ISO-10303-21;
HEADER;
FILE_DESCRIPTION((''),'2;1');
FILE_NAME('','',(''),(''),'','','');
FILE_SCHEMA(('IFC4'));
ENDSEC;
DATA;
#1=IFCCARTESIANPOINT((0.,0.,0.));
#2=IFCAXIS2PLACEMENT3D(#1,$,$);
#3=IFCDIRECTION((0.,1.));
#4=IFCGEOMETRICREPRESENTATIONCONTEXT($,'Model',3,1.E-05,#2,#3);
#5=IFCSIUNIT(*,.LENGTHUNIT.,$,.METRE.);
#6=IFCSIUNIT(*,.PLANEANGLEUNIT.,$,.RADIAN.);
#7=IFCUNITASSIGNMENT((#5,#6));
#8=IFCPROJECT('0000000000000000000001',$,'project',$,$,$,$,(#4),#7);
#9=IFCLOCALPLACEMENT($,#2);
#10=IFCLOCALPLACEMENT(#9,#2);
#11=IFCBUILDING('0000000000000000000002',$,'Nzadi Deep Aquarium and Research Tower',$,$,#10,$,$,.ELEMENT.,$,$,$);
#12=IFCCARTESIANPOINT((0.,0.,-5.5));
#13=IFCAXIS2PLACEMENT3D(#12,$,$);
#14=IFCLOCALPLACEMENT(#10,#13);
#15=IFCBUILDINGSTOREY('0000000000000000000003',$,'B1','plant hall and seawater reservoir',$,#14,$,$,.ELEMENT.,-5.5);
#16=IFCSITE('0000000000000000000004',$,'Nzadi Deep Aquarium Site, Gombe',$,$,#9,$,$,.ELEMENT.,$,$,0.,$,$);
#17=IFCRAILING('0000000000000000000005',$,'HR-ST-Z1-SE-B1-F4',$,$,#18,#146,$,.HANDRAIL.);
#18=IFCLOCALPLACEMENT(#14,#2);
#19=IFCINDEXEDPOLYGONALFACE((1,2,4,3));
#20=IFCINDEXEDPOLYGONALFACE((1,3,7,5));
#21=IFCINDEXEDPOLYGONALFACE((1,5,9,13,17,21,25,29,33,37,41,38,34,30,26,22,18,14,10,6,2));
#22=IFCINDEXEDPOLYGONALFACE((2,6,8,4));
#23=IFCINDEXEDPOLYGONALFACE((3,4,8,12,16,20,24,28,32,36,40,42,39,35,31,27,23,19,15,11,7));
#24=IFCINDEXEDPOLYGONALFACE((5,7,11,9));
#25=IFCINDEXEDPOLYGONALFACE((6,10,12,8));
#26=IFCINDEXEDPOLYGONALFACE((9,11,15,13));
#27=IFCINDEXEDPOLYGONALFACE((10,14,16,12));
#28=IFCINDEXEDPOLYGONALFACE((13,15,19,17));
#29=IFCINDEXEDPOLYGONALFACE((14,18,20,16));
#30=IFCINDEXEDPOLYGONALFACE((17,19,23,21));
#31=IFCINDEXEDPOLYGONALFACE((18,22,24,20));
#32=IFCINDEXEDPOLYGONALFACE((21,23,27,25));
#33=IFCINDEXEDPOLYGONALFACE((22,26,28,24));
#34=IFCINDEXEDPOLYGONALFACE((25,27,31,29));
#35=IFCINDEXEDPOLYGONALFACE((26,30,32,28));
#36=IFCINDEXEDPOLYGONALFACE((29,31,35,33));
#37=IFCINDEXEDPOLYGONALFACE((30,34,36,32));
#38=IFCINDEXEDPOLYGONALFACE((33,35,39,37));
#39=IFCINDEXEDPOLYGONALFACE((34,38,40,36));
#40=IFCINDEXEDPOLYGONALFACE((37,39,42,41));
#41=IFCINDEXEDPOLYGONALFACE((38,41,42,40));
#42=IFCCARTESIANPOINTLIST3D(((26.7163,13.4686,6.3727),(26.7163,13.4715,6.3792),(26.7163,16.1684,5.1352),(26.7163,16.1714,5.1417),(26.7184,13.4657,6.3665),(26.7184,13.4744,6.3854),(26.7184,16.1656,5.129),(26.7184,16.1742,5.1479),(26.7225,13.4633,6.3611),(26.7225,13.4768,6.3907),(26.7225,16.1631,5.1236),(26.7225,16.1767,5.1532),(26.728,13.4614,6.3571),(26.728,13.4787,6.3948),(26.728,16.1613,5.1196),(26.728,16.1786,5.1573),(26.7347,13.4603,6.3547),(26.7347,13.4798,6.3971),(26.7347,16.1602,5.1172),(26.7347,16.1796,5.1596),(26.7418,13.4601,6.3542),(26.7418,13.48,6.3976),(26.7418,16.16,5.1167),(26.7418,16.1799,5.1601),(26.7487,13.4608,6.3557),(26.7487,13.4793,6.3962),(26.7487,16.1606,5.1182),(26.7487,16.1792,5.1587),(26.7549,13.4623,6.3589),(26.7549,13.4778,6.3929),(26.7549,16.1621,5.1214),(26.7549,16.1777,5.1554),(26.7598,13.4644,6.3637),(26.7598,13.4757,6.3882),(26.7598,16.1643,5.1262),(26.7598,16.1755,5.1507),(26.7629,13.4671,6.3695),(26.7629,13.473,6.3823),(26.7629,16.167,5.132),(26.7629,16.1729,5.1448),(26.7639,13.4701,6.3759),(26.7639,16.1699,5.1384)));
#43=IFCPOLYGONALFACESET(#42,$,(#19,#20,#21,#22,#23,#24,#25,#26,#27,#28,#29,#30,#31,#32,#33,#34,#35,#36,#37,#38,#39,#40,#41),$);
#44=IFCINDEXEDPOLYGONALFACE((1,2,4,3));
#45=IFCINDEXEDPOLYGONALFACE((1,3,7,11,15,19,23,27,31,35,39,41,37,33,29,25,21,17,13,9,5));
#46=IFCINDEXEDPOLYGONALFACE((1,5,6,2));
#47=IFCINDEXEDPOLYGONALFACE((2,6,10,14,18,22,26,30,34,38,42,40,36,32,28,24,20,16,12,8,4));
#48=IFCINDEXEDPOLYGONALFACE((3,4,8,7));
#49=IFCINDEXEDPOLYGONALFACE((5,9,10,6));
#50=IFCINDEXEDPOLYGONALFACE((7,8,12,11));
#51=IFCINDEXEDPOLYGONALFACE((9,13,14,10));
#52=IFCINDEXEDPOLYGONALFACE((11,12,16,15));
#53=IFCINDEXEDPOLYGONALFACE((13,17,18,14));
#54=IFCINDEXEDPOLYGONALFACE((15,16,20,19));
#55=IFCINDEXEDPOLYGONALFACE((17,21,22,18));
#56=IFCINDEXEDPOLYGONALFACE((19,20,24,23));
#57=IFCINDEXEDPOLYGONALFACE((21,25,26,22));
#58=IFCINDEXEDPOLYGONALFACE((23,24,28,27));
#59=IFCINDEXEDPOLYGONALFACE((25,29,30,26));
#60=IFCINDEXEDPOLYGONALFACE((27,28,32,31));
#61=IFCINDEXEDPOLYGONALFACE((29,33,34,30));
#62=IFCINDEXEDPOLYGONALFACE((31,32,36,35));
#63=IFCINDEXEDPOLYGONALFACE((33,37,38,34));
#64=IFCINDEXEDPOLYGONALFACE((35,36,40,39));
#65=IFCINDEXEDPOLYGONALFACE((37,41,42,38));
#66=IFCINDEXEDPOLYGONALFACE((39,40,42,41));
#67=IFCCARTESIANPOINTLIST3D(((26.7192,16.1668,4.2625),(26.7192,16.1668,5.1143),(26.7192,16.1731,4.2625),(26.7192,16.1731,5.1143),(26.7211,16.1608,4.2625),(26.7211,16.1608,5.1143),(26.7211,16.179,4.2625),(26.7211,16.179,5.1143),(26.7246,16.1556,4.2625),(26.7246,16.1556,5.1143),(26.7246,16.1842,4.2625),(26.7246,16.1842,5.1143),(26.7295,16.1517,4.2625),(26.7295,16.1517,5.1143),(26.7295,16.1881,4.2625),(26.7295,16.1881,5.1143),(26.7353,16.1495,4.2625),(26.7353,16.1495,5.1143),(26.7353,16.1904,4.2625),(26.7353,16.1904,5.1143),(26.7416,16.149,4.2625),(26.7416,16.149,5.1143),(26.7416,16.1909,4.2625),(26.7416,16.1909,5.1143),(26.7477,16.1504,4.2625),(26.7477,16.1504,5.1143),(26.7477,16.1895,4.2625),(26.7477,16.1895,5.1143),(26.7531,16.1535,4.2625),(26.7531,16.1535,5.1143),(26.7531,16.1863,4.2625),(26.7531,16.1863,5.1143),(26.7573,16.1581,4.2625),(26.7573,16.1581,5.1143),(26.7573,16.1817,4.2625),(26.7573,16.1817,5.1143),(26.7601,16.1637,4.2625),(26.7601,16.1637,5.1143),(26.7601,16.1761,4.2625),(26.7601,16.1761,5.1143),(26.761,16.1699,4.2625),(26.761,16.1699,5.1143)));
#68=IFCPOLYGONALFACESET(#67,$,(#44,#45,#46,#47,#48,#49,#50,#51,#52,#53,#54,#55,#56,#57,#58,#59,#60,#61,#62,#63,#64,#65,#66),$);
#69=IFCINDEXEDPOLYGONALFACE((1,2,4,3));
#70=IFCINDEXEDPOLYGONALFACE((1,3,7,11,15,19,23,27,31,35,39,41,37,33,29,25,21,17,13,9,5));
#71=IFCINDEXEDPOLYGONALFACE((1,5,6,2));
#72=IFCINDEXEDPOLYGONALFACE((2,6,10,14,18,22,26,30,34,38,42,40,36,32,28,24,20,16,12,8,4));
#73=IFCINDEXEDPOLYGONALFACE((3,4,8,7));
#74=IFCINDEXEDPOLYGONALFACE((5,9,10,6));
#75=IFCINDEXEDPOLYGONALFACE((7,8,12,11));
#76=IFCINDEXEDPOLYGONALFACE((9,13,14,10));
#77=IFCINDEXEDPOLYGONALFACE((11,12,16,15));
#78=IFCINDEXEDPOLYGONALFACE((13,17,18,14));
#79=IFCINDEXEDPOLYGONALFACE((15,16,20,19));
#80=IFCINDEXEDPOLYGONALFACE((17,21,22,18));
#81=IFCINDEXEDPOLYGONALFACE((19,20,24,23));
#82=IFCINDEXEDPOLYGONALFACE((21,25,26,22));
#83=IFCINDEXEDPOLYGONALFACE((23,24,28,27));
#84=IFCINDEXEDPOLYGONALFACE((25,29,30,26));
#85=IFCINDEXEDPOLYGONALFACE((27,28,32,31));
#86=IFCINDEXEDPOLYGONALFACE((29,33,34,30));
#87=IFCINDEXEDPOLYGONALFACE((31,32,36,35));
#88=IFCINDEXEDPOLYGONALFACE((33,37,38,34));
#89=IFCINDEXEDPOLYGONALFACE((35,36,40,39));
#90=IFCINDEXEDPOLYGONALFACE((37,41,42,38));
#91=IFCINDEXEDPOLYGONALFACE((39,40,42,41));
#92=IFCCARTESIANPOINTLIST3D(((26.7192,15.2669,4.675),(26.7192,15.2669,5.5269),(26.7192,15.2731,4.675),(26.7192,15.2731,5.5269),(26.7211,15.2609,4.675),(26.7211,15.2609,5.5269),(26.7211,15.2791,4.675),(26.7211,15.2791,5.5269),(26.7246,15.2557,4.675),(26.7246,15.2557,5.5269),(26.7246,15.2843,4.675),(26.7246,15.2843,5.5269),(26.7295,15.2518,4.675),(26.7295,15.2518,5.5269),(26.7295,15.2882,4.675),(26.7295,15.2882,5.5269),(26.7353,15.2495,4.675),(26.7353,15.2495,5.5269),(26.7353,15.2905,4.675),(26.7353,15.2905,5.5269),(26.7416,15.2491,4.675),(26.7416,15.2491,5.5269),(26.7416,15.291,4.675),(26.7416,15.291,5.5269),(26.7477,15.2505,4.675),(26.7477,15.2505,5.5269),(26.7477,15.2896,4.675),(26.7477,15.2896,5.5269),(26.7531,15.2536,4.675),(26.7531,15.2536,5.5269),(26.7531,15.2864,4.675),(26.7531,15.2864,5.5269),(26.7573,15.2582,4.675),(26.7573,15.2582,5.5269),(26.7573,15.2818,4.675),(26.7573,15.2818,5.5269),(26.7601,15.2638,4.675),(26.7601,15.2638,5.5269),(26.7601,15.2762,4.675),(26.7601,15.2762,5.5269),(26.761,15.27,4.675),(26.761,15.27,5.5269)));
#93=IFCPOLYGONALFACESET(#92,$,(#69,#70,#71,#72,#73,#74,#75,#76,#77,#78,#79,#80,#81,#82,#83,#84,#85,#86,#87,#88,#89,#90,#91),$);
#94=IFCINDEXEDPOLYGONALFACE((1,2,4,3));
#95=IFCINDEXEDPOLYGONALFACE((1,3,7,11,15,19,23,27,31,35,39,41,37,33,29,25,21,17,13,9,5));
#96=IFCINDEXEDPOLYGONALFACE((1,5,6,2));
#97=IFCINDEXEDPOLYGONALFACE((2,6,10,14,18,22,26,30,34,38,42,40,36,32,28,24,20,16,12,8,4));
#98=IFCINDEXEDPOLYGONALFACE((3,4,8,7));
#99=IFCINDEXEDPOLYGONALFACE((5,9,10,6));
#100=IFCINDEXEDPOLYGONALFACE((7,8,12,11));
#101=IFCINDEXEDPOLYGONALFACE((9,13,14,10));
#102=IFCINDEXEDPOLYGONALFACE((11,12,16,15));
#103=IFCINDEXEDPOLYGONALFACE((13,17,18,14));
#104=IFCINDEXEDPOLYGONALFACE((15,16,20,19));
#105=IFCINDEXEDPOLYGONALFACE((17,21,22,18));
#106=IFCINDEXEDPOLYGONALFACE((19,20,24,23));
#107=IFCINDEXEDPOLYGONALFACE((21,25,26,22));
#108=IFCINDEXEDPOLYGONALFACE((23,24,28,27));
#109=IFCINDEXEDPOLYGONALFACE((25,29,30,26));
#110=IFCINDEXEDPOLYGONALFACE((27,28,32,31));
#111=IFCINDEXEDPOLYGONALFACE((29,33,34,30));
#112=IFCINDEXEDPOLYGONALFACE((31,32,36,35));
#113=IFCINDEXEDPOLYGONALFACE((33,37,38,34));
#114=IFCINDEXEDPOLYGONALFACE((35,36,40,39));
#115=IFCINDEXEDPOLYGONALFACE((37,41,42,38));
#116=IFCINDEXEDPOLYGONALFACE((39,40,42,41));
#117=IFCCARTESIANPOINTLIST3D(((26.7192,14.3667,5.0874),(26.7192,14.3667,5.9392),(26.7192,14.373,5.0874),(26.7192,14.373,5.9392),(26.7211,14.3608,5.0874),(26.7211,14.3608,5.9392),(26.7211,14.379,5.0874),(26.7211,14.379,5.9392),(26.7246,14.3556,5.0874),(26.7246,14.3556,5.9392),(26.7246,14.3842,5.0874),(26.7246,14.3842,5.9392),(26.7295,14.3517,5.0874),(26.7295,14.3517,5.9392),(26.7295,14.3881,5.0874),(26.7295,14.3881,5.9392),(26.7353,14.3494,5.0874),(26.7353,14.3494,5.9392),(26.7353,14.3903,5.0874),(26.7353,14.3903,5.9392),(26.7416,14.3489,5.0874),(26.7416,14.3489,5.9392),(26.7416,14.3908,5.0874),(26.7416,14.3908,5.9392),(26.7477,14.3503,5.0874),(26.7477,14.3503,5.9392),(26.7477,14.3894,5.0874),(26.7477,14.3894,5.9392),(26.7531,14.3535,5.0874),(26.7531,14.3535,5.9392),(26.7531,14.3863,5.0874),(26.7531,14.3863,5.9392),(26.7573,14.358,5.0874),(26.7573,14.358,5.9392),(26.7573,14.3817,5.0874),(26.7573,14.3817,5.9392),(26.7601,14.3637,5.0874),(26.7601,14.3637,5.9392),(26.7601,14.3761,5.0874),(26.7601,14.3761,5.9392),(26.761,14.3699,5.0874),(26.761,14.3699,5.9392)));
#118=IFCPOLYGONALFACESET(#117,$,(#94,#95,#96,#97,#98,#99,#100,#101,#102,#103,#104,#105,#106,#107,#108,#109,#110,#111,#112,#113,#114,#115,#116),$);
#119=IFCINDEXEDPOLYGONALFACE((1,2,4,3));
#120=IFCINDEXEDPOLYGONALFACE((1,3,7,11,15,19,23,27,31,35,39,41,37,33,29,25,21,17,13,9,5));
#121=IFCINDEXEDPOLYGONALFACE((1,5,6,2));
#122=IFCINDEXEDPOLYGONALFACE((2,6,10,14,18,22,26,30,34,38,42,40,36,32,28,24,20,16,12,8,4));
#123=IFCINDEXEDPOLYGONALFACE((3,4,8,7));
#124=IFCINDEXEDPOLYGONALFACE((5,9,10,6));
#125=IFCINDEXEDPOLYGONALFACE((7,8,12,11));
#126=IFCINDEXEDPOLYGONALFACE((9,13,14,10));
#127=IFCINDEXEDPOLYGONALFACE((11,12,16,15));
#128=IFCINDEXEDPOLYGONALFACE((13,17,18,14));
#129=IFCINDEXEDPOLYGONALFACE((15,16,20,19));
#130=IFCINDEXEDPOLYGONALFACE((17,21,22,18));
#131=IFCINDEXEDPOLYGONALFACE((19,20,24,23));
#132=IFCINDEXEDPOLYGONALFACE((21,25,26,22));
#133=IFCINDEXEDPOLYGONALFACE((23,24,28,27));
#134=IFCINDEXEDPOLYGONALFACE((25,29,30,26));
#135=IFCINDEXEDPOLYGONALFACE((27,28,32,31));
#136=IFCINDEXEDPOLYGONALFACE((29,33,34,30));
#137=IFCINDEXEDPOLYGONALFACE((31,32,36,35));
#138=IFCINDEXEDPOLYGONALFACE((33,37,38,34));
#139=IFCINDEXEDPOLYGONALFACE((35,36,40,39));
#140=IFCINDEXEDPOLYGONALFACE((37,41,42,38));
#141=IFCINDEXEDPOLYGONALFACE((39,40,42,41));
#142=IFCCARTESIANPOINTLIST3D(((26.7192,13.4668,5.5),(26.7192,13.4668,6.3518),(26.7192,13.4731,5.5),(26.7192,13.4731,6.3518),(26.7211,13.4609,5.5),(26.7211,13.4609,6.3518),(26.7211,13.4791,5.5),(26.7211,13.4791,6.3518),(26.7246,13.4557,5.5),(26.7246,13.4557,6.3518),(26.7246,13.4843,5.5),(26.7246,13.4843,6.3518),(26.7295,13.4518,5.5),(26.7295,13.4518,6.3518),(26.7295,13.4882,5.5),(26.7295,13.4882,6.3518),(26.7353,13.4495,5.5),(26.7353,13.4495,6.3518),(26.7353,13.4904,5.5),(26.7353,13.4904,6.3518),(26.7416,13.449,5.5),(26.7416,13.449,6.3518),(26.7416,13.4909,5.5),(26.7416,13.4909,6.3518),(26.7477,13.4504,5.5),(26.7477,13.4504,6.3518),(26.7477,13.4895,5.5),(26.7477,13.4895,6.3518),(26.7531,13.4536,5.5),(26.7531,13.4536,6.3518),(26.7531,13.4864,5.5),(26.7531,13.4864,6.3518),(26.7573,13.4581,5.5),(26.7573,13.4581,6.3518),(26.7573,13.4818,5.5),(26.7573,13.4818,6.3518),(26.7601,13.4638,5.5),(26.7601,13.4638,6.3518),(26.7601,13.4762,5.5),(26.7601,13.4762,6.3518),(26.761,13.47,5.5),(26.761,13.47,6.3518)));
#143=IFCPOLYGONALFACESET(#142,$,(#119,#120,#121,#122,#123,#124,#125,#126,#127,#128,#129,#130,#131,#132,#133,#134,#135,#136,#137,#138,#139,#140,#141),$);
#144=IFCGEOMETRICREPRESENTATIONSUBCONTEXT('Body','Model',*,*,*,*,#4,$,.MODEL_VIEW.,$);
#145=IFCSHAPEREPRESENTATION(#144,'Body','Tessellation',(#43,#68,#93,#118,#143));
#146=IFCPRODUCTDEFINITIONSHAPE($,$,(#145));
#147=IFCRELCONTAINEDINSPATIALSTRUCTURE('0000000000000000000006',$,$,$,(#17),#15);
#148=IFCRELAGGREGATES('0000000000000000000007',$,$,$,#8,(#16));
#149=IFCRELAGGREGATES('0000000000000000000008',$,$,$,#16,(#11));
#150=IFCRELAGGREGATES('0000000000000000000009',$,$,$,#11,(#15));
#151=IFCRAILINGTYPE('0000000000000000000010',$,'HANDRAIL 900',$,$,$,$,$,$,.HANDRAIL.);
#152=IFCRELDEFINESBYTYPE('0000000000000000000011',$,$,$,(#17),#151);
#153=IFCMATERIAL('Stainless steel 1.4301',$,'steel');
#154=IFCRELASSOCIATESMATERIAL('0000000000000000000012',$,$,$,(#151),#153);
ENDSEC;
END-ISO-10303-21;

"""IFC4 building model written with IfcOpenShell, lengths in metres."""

from ifc_helpers import new_model, si_unit, direction, frame, origin, origin_2d, place, context, subcontext, project, spatial, circle, extrude, material, type_object, element, save


model = new_model("IFC4")

# Units and contexts
model_context = context("Model", 3, precision=1e-05, world=origin(), true_north=direction((0.0, 1.0)))
body_context = subcontext(model_context, "Body", "Model", "MODEL_VIEW")
ifc_project = project(units=[si_unit("LENGTHUNIT", "METRE"), si_unit("PLANEANGLEUNIT", "RADIAN")], contexts=[model_context])

# Site, building, storey
site_placement = place(None, origin())
site = spatial("IfcSite", under=ifc_project, at=site_placement, Name="Nzadi Deep Aquarium Site, Gombe", CompositionType="ELEMENT", RefElevation=0.0)
building_placement = place(site_placement, origin())
building = spatial("IfcBuilding", under=site, at=building_placement, Name="Nzadi Deep Aquarium and Research Tower", CompositionType="ELEMENT")
storey_placement = place(building_placement, frame((0.0, 0.0, -5.5)))
storey = spatial("IfcBuildingStorey", under=building, at=storey_placement, Name="B1", Description="plant hall and seawater reservoir", CompositionType="ELEMENT", Elevation=-5.5)

# Railing
ifc_material_1 = material(Name="Stainless steel 1.4301", Category="steel")
railing_type = type_object("IfcRailingType", Name="HANDRAIL 900", PredefinedType="HANDRAIL", material=ifc_material_1)
for number, where, name in (
    (1, (26.74, 16.1699, 4.2625), "HR-ST-Z1-SE-B1-F4"),
):
    element("IfcRailing", number, at=place(storey_placement, frame(where)), inside=storey, type_object=railing_type, Name=name, PredefinedType="HANDRAIL", context=body_context, shape_type="SweptSolid", body=[
        extrude(circle(Radius=0.0239, at=origin_2d()), frame((0.0, 0.0, 0.876), z_axis=(0.0, -0.909056, 0.416675), x_axis=(1.0, 0.0, 0.0)), (0.0, 0.0, 1.0), 2.97),
        extrude(circle(Radius=0.021, at=origin_2d()), origin(), (0.0, 0.0, 1.0), 0.8518),
        extrude(circle(Radius=0.021, at=origin_2d()), frame((0.0, -0.8999, 0.4126)), (0.0, 0.0, 1.0), 0.8518),
        extrude(circle(Radius=0.021, at=origin_2d()), frame((0.0, -1.8, 0.825)), (0.0, 0.0, 1.0), 0.8518),
        extrude(circle(Radius=0.021, at=origin_2d()), frame((0.0, -2.7, 1.2375)), (0.0, 0.0, 1.0), 0.8518),
    ])

save(model, "model.ifc")
